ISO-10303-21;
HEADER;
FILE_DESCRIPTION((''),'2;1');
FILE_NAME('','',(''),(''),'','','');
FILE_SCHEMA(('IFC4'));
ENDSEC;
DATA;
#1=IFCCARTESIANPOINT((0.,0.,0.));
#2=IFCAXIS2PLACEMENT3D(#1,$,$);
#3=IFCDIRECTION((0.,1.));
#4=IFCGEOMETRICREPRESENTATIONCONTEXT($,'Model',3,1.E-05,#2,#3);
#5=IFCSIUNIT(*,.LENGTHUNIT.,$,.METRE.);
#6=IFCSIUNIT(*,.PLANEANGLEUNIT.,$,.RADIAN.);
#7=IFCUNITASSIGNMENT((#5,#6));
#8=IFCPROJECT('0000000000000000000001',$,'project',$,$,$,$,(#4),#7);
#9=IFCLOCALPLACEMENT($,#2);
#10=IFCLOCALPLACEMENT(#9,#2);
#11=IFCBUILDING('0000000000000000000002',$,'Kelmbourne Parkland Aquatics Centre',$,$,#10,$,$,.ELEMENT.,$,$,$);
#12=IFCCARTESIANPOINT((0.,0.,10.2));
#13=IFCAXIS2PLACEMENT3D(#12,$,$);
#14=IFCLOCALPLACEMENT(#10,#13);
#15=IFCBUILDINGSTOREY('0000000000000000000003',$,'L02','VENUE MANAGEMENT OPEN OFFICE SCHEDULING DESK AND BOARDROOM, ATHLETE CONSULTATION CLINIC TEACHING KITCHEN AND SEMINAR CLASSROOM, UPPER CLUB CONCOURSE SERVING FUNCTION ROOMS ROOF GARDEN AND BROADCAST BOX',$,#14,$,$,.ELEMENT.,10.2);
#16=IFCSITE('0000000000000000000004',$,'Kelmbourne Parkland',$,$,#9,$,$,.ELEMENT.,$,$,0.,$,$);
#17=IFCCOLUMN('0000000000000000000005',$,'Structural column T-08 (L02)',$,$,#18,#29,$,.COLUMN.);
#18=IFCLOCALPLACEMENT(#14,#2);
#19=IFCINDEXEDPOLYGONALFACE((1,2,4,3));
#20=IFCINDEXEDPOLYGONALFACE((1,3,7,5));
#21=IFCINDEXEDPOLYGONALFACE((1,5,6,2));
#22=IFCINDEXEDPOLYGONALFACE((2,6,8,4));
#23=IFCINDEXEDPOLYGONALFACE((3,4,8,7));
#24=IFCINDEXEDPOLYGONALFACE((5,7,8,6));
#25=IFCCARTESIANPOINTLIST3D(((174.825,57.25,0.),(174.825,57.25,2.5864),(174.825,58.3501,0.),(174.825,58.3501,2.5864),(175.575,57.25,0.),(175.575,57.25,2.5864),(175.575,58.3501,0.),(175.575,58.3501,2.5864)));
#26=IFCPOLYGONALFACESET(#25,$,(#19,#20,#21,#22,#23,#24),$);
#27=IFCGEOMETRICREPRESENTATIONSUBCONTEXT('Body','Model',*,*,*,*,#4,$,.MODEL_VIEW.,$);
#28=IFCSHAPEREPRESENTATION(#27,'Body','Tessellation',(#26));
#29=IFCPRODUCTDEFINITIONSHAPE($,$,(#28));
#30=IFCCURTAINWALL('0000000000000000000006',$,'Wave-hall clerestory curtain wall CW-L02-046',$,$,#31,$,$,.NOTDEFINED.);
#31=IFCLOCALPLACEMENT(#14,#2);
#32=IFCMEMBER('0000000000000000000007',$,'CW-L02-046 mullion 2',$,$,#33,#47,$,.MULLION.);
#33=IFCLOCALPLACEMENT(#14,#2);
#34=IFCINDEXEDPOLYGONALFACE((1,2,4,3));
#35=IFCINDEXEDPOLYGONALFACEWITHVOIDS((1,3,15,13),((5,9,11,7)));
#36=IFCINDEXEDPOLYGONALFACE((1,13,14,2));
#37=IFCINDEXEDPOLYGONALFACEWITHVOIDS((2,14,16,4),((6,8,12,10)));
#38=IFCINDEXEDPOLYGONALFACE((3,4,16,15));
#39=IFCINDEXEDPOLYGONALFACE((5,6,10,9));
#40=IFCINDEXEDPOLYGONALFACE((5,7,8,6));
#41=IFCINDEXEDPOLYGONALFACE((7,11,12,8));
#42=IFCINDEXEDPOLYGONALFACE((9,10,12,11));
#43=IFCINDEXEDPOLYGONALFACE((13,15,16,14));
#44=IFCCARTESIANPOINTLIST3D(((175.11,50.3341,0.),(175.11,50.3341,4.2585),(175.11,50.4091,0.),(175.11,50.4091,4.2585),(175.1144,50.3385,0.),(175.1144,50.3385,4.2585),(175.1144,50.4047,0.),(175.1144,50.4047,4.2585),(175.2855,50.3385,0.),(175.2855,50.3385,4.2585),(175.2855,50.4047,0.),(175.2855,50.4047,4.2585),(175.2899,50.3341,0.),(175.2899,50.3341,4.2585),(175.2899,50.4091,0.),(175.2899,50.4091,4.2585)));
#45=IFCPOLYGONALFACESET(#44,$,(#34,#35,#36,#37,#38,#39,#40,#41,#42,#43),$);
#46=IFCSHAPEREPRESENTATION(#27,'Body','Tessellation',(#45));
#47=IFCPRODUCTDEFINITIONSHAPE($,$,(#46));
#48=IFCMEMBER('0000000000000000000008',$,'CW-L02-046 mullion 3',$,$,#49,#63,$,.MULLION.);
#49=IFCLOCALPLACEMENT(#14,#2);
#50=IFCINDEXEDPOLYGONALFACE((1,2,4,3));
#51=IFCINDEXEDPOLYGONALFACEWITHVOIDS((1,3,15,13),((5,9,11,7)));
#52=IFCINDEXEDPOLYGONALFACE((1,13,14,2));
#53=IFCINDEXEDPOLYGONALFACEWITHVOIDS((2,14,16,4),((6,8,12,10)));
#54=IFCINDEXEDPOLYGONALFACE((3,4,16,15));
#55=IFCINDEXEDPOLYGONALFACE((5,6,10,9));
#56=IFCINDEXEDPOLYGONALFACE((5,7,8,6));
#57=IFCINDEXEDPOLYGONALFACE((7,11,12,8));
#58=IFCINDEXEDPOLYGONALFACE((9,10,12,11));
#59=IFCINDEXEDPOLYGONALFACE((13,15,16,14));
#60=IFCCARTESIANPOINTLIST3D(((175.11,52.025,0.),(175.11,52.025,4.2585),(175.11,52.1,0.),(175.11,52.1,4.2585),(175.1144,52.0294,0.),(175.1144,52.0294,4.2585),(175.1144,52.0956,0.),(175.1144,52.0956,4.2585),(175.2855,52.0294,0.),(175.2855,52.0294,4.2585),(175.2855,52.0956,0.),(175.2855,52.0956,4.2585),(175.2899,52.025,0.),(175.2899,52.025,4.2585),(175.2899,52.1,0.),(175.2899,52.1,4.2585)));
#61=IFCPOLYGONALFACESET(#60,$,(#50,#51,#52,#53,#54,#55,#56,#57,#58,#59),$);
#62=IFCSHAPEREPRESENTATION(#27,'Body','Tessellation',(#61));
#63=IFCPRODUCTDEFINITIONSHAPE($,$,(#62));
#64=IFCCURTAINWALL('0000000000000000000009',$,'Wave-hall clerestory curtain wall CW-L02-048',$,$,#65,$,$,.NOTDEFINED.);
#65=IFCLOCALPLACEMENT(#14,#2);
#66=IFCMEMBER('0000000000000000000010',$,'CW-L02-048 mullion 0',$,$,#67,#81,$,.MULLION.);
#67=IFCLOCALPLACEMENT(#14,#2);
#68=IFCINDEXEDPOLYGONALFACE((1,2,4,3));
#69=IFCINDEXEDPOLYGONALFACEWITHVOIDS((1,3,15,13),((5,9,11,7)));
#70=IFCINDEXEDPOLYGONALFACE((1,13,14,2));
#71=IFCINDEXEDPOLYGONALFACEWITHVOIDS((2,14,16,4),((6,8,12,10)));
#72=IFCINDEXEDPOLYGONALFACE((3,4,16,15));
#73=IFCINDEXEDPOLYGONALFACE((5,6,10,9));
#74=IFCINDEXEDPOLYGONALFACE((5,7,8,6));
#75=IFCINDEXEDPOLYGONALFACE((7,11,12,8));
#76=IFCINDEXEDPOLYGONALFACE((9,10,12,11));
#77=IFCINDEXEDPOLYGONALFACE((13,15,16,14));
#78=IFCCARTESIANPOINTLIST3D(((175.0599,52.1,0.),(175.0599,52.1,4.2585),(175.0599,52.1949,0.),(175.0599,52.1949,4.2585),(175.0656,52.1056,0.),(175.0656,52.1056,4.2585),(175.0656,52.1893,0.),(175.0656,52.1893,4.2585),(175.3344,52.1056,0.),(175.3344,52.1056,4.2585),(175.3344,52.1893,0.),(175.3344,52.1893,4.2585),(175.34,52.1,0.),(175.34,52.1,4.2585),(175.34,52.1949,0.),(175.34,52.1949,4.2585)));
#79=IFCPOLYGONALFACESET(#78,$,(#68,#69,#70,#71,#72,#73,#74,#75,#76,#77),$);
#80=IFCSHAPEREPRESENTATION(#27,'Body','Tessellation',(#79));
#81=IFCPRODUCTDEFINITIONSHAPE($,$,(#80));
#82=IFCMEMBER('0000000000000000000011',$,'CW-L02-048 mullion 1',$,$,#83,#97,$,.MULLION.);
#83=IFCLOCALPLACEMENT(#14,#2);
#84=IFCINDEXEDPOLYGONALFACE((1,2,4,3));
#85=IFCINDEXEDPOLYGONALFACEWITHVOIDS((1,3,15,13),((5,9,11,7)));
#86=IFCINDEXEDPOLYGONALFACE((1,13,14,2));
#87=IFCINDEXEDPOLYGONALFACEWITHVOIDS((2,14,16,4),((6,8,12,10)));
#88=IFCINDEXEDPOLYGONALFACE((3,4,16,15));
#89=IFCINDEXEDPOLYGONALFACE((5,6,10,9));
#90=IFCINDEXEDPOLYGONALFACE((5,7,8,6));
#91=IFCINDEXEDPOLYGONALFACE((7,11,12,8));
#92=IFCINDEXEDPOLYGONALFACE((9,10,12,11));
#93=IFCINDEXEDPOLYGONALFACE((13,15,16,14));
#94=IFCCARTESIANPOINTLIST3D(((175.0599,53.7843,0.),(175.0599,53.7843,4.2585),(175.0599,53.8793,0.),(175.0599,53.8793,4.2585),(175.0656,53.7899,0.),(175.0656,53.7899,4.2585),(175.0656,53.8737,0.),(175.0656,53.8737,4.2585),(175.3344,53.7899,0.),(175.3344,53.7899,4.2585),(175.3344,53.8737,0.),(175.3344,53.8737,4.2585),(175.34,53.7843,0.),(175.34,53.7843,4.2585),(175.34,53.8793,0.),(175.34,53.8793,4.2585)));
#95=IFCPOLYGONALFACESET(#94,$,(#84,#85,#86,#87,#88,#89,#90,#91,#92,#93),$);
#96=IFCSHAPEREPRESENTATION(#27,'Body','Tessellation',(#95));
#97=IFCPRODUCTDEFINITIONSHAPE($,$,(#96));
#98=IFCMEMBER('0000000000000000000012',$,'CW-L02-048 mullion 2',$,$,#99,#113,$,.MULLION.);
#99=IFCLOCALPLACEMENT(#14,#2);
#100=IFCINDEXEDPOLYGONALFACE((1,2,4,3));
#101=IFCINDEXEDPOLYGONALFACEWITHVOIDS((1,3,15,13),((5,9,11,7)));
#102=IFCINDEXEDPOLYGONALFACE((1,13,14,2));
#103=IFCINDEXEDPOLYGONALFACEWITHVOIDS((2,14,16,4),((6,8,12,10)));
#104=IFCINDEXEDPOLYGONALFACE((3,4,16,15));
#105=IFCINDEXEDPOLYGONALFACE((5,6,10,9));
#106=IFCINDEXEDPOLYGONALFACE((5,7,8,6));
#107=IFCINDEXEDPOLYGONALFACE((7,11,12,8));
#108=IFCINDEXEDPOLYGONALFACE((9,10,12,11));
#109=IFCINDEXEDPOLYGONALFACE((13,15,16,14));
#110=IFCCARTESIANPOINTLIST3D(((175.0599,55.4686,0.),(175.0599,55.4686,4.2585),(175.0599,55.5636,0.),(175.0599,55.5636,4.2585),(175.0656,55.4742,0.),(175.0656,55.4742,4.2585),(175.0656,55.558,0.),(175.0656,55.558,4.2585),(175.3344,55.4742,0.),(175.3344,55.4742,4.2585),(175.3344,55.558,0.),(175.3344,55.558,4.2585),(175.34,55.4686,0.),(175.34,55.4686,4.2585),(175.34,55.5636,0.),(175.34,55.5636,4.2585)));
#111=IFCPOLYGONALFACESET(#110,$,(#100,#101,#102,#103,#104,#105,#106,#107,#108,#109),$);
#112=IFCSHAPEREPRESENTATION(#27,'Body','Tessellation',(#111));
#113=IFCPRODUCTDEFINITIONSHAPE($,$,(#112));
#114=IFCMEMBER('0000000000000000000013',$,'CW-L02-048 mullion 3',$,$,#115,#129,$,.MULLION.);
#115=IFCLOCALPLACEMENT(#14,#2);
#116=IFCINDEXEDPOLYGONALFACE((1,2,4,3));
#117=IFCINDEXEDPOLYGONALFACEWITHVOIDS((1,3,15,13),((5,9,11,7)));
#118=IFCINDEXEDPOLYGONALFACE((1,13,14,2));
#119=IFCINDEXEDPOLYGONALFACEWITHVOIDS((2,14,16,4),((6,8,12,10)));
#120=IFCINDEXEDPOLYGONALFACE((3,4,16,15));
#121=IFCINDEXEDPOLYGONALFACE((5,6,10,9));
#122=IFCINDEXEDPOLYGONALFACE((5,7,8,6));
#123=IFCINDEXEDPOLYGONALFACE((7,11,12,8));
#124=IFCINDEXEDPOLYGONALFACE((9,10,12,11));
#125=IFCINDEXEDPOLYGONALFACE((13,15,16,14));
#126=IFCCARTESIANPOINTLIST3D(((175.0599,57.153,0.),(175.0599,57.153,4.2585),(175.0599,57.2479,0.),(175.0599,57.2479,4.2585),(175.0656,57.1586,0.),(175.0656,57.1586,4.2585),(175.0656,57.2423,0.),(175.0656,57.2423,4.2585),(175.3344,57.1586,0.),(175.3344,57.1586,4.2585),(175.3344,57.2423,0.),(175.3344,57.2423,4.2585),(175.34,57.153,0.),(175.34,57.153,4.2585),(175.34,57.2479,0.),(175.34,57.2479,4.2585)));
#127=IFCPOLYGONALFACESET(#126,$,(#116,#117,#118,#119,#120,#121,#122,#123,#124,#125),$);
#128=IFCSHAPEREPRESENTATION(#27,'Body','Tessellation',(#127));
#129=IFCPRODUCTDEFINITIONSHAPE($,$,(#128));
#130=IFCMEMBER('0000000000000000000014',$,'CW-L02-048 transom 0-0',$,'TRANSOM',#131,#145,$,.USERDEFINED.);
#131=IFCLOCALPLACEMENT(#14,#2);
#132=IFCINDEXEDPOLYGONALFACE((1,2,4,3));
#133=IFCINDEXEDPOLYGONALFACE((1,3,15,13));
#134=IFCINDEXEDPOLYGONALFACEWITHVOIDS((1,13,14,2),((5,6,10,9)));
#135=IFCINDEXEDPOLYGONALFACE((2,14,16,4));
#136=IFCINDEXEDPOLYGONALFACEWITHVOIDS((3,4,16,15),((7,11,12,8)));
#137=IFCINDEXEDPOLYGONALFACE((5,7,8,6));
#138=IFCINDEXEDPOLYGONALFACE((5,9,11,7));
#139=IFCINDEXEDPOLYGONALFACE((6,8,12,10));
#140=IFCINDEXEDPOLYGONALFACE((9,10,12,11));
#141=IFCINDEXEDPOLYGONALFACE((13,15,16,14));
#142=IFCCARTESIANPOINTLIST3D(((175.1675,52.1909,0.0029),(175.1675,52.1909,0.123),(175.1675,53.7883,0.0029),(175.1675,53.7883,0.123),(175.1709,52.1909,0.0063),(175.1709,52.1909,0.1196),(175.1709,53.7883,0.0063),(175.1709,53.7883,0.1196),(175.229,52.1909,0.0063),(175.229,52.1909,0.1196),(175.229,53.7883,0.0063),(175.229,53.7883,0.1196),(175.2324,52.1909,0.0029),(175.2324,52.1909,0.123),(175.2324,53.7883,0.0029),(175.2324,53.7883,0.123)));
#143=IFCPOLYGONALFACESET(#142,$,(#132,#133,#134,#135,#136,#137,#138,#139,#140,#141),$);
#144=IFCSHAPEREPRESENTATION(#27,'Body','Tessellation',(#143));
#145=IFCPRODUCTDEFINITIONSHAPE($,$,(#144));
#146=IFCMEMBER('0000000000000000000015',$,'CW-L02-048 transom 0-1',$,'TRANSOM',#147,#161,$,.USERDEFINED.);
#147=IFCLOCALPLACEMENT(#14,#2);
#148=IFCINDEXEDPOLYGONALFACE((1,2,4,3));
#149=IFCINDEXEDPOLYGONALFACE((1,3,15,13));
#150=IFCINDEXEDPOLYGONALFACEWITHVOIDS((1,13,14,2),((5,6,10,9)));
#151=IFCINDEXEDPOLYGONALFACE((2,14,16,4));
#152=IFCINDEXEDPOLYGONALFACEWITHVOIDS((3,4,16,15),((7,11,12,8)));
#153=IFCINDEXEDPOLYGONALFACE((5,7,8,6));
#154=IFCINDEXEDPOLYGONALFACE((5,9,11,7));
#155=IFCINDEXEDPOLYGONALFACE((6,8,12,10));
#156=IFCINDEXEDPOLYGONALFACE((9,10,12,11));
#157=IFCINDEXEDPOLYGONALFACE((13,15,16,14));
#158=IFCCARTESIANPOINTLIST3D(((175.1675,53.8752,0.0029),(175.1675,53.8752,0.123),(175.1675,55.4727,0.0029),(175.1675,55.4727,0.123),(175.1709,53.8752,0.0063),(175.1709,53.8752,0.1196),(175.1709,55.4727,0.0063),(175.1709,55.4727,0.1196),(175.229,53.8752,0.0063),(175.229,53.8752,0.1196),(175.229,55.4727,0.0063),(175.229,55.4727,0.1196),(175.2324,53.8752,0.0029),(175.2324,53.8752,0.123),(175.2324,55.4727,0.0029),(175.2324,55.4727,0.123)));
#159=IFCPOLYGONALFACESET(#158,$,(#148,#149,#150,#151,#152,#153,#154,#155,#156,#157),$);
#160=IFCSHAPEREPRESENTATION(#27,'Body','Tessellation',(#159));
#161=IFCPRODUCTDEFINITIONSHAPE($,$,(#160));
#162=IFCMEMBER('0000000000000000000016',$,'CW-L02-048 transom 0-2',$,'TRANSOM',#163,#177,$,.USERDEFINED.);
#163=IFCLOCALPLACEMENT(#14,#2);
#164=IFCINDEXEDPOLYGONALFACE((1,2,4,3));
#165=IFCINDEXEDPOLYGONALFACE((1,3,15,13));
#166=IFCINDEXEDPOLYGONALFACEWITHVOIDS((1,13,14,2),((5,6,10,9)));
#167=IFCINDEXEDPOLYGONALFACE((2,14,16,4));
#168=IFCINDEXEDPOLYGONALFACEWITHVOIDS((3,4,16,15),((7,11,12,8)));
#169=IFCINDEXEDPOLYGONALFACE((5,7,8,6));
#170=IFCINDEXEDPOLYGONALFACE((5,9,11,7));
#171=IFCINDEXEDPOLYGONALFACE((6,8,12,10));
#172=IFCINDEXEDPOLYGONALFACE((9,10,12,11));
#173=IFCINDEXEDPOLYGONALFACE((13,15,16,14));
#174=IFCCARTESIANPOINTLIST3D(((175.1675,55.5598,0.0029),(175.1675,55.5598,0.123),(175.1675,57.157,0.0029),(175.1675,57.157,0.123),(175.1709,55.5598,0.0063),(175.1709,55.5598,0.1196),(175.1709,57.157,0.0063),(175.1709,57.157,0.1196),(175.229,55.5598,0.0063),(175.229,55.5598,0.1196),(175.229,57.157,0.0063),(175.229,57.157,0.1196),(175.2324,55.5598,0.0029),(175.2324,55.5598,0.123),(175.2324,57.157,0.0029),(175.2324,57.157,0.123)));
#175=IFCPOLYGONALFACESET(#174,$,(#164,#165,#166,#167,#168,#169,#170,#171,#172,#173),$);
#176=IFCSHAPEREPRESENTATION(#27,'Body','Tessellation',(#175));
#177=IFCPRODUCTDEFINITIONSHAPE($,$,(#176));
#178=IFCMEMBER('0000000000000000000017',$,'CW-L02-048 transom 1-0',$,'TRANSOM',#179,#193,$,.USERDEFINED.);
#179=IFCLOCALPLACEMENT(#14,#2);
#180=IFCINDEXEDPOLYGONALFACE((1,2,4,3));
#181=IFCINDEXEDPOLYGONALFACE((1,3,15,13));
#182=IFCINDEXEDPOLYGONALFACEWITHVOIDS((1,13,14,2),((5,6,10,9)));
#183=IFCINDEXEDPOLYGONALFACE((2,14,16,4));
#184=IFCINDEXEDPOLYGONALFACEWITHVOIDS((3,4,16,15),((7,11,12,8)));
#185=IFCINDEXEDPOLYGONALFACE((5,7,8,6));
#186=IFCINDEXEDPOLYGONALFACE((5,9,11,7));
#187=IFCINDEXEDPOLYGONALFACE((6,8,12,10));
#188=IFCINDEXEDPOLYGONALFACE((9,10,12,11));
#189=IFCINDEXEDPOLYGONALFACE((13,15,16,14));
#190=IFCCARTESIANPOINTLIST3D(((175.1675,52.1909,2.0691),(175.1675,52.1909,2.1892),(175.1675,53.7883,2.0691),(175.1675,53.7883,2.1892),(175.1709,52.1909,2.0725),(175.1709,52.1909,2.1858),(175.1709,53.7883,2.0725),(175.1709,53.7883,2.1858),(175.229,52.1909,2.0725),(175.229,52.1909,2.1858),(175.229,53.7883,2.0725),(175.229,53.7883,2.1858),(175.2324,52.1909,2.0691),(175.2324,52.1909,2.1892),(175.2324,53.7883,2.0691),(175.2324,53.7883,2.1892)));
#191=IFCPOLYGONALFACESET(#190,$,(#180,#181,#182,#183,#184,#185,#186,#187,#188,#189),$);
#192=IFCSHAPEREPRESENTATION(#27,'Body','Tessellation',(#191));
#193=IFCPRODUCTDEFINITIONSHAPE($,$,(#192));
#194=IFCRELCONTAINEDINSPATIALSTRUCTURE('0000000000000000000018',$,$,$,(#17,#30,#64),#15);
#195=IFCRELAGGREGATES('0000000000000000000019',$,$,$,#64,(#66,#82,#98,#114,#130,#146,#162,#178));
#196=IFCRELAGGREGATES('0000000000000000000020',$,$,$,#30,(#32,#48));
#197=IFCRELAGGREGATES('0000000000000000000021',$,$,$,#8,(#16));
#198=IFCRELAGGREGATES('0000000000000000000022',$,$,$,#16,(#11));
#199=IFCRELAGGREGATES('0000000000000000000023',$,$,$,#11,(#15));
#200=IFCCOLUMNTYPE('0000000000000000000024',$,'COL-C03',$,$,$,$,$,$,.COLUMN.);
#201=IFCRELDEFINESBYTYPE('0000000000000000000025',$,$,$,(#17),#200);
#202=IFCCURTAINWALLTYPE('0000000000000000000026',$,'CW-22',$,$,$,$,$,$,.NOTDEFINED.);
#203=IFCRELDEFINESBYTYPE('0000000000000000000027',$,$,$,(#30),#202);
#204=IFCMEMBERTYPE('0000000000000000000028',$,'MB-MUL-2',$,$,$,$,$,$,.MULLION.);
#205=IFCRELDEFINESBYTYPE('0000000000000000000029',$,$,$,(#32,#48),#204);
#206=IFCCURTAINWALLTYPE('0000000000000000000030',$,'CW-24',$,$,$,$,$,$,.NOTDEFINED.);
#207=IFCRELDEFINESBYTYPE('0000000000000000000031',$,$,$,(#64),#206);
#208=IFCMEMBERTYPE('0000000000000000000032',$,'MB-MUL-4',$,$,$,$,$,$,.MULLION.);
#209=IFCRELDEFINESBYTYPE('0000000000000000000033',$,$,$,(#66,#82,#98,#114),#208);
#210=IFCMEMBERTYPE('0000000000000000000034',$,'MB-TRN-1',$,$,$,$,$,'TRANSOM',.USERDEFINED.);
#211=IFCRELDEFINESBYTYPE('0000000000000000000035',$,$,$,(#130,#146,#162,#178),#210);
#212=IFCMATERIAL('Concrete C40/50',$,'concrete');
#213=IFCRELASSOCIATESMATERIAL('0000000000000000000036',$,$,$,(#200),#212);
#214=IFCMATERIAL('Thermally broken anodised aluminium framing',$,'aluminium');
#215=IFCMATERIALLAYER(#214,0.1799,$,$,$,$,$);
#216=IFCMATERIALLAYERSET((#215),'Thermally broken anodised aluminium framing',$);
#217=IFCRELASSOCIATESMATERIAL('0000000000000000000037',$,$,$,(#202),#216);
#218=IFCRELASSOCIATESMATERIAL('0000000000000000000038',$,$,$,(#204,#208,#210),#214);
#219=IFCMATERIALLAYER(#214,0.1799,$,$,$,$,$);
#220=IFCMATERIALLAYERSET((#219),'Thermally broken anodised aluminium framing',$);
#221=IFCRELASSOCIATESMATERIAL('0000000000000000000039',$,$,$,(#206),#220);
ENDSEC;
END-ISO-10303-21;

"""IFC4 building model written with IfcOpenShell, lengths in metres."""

from ifc_helpers import new_model, si_unit, direction, frame, origin, origin_2d, place, context, subcontext, project, spatial, rectangle, hollow_rectangle, extrude, material, layer, layer_set, material_profile, profile_set, type_object, element, aggregate, save


model = new_model("IFC4")

# Units and contexts
model_context = context("Model", 3, precision=1e-05, world=origin(), true_north=direction((0.0, 1.0)))
body_context = subcontext(model_context, "Body", "Model", "MODEL_VIEW")
ifc_project = project(units=[si_unit("LENGTHUNIT", "METRE"), si_unit("PLANEANGLEUNIT", "RADIAN")], contexts=[model_context])

# Site, building, storey
site_placement = place(None, origin())
site = spatial("IfcSite", under=ifc_project, at=site_placement, Name="Kelmbourne Parkland", CompositionType="ELEMENT", RefElevation=0.0)
building_placement = place(site_placement, origin())
building = spatial("IfcBuilding", under=site, at=building_placement, Name="Kelmbourne Parkland Aquatics Centre", CompositionType="ELEMENT")
storey_placement = place(building_placement, frame((0.0, 0.0, 10.2)))
storey = spatial("IfcBuildingStorey", under=building, at=storey_placement, Name="L02", Description="VENUE MANAGEMENT OPEN OFFICE SCHEDULING DESK AND BOARDROOM, ATHLETE CONSULTATION CLINIC TEACHING KITCHEN AND SEMINAR CLASSROOM, UPPER CLUB CONCOURSE SERVING FUNCTION ROOMS ROOF GARDEN AND BROADCAST BOX", CompositionType="ELEMENT", Elevation=10.2)

# Column
ifc_material_1 = material(Name="Concrete C40/50", Category="concrete")
ifc_material_profile_1 = material_profile(ifc_material_1, rectangle(XDim=0.75, YDim=1.1001, at=origin_2d()), Name="RC 750x1100")
ifc_profile_set_1 = profile_set([ifc_material_profile_1], Name="Concrete C40/50")
column_type = type_object("IfcColumnType", Name="COL-C03", PredefinedType="COLUMN", material=ifc_profile_set_1)
column_placement = place(storey_placement, frame((175.2, 57.8, 0.0), z_axis=(0.0, 0.0, 1.0), x_axis=(1.0, 0.0, 0.0)))
element("IfcColumn", 1, at=column_placement, inside=storey, type_object=column_type, Name="Structural column T-08 (L02)", PredefinedType="COLUMN", context=body_context, shape_type="SweptSolid", body=[
    extrude(rectangle(XDim=0.75, YDim=1.1001, at=origin_2d()), origin(), (0.0, 0.0, 1.0), 2.5864),
])

# Curtain walls, members
ifc_material_2 = material(Name="Thermally broken anodised aluminium framing", Category="aluminium")
ifc_layer_1 = layer(ifc_material_2, 0.1799)
ifc_layer_set_1 = layer_set([ifc_layer_1], Name="Thermally broken anodised aluminium framing")
curtain_wall_type_1 = type_object("IfcCurtainWallType", Name="CW-22", PredefinedType="NOTDEFINED", material=ifc_layer_set_1)
curtain_wall_1_placement = place(storey_placement, origin())
curtain_wall_1 = element("IfcCurtainWall", 2, at=curtain_wall_1_placement, inside=storey, type_object=curtain_wall_type_1, Name="Wave-hall clerestory curtain wall CW-L02-046", PredefinedType="NOTDEFINED")
ifc_material_profile_2 = material_profile(ifc_material_2, hollow_rectangle(XDim=0.075, YDim=0.1799, WallThickness=0.0044, at=origin_2d()), Name="CW-M 75x180")
ifc_profile_set_2 = profile_set([ifc_material_profile_2], Name="Thermally broken anodised aluminium framing")
member_type_1 = type_object("IfcMemberType", Name="MB-MUL-2", PredefinedType="MULLION", material=ifc_profile_set_2)
member_1_placement = place(storey_placement, frame((175.2, 50.3716, 0.0), z_axis=(0.0, 0.0, 1.0), x_axis=(0.0, 1.0, 0.0)))
member_1 = element("IfcMember", 3, at=member_1_placement, type_object=member_type_1, Name="CW-L02-046 mullion 2", PredefinedType="MULLION", context=body_context, shape_type="SweptSolid", body=[
    extrude(hollow_rectangle(XDim=0.075, YDim=0.1799, WallThickness=0.0044, at=origin_2d()), origin(), (0.0, 0.0, 1.0), 4.2585),
])
member_2_placement = place(storey_placement, frame((175.2, 52.0625, 0.0), z_axis=(0.0, 0.0, 1.0), x_axis=(0.0, 1.0, 0.0)))
member_2 = element("IfcMember", 4, at=member_2_placement, type_object=member_type_1, Name="CW-L02-046 mullion 3", PredefinedType="MULLION", context=body_context, shape_type="SweptSolid", body=[
    extrude(hollow_rectangle(XDim=0.075, YDim=0.1799, WallThickness=0.0044, at=origin_2d()), origin(), (0.0, 0.0, 1.0), 4.2585),
])
ifc_layer_2 = layer(ifc_material_2, 0.1799)
ifc_layer_set_2 = layer_set([ifc_layer_2], Name="Thermally broken anodised aluminium framing")
curtain_wall_type_2 = type_object("IfcCurtainWallType", Name="CW-24", PredefinedType="NOTDEFINED", material=ifc_layer_set_2)
curtain_wall_2_placement = place(storey_placement, origin())
curtain_wall_2 = element("IfcCurtainWall", 5, at=curtain_wall_2_placement, inside=storey, type_object=curtain_wall_type_2, Name="Wave-hall clerestory curtain wall CW-L02-048", PredefinedType="NOTDEFINED")
ifc_material_profile_3 = material_profile(ifc_material_2, hollow_rectangle(XDim=0.095, YDim=0.28, WallThickness=0.0056, at=origin_2d()), Name="CW-M 95x280")
ifc_profile_set_3 = profile_set([ifc_material_profile_3], Name="Thermally broken anodised aluminium framing")
member_type_2 = type_object("IfcMemberType", Name="MB-MUL-4", PredefinedType="MULLION", material=ifc_profile_set_3)
member_3_placement = place(storey_placement, frame((175.2, 52.1475, 0.0), z_axis=(0.0, 0.0, 1.0), x_axis=(0.0, 1.0, 0.0)))
member_3 = element("IfcMember", 6, at=member_3_placement, type_object=member_type_2, Name="CW-L02-048 mullion 0", PredefinedType="MULLION", context=body_context, shape_type="SweptSolid", body=[
    extrude(hollow_rectangle(XDim=0.095, YDim=0.28, WallThickness=0.0056, at=origin_2d()), origin(), (0.0, 0.0, 1.0), 4.2585),
])
member_4_placement = place(storey_placement, frame((175.2, 53.8318, 0.0), z_axis=(0.0, 0.0, 1.0), x_axis=(0.0, 1.0, 0.0)))
member_4 = element("IfcMember", 7, at=member_4_placement, type_object=member_type_2, Name="CW-L02-048 mullion 1", PredefinedType="MULLION", context=body_context, shape_type="SweptSolid", body=[
    extrude(hollow_rectangle(XDim=0.095, YDim=0.28, WallThickness=0.0056, at=origin_2d()), origin(), (0.0, 0.0, 1.0), 4.2585),
])
member_5_placement = place(storey_placement, frame((175.2, 55.5161, 0.0), z_axis=(0.0, 0.0, 1.0), x_axis=(0.0, 1.0, 0.0)))
member_5 = element("IfcMember", 8, at=member_5_placement, type_object=member_type_2, Name="CW-L02-048 mullion 2", PredefinedType="MULLION", context=body_context, shape_type="SweptSolid", body=[
    extrude(hollow_rectangle(XDim=0.095, YDim=0.28, WallThickness=0.0056, at=origin_2d()), origin(), (0.0, 0.0, 1.0), 4.2585),
])
member_6_placement = place(storey_placement, frame((175.2, 57.2004, 0.0), z_axis=(0.0, 0.0, 1.0), x_axis=(0.0, 1.0, 0.0)))
member_6 = element("IfcMember", 9, at=member_6_placement, type_object=member_type_2, Name="CW-L02-048 mullion 3", PredefinedType="MULLION", context=body_context, shape_type="SweptSolid", body=[
    extrude(hollow_rectangle(XDim=0.095, YDim=0.28, WallThickness=0.0056, at=origin_2d()), origin(), (0.0, 0.0, 1.0), 4.2585),
])
ifc_material_profile_4 = material_profile(ifc_material_2, hollow_rectangle(XDim=0.0649, YDim=0.1201, WallThickness=0.0034, at=origin_2d()), Name="CW-T 65x120")
ifc_profile_set_4 = profile_set([ifc_material_profile_4], Name="Thermally broken anodised aluminium framing")
member_type_3 = type_object("IfcMemberType", Name="MB-TRN-1", ElementType="TRANSOM", PredefinedType="USERDEFINED", material=ifc_profile_set_4)
member_7_placement = place(storey_placement, frame((175.2, 52.1909, 0.063), z_axis=(0.0, 1.0, 0.0), x_axis=(-1.0, 0.0, 0.0)))
member_7 = element("IfcMember", 10, at=member_7_placement, type_object=member_type_3, Name="CW-L02-048 transom 0-0", ObjectType="TRANSOM", PredefinedType="USERDEFINED", context=body_context, shape_type="SweptSolid", body=[
    extrude(hollow_rectangle(XDim=0.0649, YDim=0.1201, WallThickness=0.0034, at=origin_2d()), origin(), (0.0, 0.0, 1.0), 1.5974),
])
member_8_placement = place(storey_placement, frame((175.2, 53.8752, 0.063), z_axis=(0.0, 1.0, 0.0), x_axis=(-1.0, 0.0, 0.0)))
member_8 = element("IfcMember", 11, at=member_8_placement, type_object=member_type_3, Name="CW-L02-048 transom 0-1", ObjectType="TRANSOM", PredefinedType="USERDEFINED", context=body_context, shape_type="SweptSolid", body=[
    extrude(hollow_rectangle(XDim=0.0649, YDim=0.1201, WallThickness=0.0034, at=origin_2d()), origin(), (0.0, 0.0, 1.0), 1.5974),
])
member_9_placement = place(storey_placement, frame((175.2, 55.5598, 0.063), z_axis=(0.0, 1.0, 0.0), x_axis=(-1.0, 0.0, 0.0)))
member_9 = element("IfcMember", 12, at=member_9_placement, type_object=member_type_3, Name="CW-L02-048 transom 0-2", ObjectType="TRANSOM", PredefinedType="USERDEFINED", context=body_context, shape_type="SweptSolid", body=[
    extrude(hollow_rectangle(XDim=0.0649, YDim=0.1201, WallThickness=0.0034, at=origin_2d()), origin(), (0.0, 0.0, 1.0), 1.5972),
])
member_10_placement = place(storey_placement, frame((175.2, 52.1909, 2.1292), z_axis=(0.0, 1.0, 0.0), x_axis=(-1.0, 0.0, 0.0)))
member_10 = element("IfcMember", 13, at=member_10_placement, type_object=member_type_3, Name="CW-L02-048 transom 1-0", ObjectType="TRANSOM", PredefinedType="USERDEFINED", context=body_context, shape_type="SweptSolid", body=[
    extrude(hollow_rectangle(XDim=0.0649, YDim=0.1201, WallThickness=0.0034, at=origin_2d()), origin(), (0.0, 0.0, 1.0), 1.5974),
])

aggregate(curtain_wall_2, [member_3, member_4, member_5, member_6, member_7, member_8, member_9, member_10])
aggregate(curtain_wall_1, [member_1, member_2])

save(model, "model.ifc")
